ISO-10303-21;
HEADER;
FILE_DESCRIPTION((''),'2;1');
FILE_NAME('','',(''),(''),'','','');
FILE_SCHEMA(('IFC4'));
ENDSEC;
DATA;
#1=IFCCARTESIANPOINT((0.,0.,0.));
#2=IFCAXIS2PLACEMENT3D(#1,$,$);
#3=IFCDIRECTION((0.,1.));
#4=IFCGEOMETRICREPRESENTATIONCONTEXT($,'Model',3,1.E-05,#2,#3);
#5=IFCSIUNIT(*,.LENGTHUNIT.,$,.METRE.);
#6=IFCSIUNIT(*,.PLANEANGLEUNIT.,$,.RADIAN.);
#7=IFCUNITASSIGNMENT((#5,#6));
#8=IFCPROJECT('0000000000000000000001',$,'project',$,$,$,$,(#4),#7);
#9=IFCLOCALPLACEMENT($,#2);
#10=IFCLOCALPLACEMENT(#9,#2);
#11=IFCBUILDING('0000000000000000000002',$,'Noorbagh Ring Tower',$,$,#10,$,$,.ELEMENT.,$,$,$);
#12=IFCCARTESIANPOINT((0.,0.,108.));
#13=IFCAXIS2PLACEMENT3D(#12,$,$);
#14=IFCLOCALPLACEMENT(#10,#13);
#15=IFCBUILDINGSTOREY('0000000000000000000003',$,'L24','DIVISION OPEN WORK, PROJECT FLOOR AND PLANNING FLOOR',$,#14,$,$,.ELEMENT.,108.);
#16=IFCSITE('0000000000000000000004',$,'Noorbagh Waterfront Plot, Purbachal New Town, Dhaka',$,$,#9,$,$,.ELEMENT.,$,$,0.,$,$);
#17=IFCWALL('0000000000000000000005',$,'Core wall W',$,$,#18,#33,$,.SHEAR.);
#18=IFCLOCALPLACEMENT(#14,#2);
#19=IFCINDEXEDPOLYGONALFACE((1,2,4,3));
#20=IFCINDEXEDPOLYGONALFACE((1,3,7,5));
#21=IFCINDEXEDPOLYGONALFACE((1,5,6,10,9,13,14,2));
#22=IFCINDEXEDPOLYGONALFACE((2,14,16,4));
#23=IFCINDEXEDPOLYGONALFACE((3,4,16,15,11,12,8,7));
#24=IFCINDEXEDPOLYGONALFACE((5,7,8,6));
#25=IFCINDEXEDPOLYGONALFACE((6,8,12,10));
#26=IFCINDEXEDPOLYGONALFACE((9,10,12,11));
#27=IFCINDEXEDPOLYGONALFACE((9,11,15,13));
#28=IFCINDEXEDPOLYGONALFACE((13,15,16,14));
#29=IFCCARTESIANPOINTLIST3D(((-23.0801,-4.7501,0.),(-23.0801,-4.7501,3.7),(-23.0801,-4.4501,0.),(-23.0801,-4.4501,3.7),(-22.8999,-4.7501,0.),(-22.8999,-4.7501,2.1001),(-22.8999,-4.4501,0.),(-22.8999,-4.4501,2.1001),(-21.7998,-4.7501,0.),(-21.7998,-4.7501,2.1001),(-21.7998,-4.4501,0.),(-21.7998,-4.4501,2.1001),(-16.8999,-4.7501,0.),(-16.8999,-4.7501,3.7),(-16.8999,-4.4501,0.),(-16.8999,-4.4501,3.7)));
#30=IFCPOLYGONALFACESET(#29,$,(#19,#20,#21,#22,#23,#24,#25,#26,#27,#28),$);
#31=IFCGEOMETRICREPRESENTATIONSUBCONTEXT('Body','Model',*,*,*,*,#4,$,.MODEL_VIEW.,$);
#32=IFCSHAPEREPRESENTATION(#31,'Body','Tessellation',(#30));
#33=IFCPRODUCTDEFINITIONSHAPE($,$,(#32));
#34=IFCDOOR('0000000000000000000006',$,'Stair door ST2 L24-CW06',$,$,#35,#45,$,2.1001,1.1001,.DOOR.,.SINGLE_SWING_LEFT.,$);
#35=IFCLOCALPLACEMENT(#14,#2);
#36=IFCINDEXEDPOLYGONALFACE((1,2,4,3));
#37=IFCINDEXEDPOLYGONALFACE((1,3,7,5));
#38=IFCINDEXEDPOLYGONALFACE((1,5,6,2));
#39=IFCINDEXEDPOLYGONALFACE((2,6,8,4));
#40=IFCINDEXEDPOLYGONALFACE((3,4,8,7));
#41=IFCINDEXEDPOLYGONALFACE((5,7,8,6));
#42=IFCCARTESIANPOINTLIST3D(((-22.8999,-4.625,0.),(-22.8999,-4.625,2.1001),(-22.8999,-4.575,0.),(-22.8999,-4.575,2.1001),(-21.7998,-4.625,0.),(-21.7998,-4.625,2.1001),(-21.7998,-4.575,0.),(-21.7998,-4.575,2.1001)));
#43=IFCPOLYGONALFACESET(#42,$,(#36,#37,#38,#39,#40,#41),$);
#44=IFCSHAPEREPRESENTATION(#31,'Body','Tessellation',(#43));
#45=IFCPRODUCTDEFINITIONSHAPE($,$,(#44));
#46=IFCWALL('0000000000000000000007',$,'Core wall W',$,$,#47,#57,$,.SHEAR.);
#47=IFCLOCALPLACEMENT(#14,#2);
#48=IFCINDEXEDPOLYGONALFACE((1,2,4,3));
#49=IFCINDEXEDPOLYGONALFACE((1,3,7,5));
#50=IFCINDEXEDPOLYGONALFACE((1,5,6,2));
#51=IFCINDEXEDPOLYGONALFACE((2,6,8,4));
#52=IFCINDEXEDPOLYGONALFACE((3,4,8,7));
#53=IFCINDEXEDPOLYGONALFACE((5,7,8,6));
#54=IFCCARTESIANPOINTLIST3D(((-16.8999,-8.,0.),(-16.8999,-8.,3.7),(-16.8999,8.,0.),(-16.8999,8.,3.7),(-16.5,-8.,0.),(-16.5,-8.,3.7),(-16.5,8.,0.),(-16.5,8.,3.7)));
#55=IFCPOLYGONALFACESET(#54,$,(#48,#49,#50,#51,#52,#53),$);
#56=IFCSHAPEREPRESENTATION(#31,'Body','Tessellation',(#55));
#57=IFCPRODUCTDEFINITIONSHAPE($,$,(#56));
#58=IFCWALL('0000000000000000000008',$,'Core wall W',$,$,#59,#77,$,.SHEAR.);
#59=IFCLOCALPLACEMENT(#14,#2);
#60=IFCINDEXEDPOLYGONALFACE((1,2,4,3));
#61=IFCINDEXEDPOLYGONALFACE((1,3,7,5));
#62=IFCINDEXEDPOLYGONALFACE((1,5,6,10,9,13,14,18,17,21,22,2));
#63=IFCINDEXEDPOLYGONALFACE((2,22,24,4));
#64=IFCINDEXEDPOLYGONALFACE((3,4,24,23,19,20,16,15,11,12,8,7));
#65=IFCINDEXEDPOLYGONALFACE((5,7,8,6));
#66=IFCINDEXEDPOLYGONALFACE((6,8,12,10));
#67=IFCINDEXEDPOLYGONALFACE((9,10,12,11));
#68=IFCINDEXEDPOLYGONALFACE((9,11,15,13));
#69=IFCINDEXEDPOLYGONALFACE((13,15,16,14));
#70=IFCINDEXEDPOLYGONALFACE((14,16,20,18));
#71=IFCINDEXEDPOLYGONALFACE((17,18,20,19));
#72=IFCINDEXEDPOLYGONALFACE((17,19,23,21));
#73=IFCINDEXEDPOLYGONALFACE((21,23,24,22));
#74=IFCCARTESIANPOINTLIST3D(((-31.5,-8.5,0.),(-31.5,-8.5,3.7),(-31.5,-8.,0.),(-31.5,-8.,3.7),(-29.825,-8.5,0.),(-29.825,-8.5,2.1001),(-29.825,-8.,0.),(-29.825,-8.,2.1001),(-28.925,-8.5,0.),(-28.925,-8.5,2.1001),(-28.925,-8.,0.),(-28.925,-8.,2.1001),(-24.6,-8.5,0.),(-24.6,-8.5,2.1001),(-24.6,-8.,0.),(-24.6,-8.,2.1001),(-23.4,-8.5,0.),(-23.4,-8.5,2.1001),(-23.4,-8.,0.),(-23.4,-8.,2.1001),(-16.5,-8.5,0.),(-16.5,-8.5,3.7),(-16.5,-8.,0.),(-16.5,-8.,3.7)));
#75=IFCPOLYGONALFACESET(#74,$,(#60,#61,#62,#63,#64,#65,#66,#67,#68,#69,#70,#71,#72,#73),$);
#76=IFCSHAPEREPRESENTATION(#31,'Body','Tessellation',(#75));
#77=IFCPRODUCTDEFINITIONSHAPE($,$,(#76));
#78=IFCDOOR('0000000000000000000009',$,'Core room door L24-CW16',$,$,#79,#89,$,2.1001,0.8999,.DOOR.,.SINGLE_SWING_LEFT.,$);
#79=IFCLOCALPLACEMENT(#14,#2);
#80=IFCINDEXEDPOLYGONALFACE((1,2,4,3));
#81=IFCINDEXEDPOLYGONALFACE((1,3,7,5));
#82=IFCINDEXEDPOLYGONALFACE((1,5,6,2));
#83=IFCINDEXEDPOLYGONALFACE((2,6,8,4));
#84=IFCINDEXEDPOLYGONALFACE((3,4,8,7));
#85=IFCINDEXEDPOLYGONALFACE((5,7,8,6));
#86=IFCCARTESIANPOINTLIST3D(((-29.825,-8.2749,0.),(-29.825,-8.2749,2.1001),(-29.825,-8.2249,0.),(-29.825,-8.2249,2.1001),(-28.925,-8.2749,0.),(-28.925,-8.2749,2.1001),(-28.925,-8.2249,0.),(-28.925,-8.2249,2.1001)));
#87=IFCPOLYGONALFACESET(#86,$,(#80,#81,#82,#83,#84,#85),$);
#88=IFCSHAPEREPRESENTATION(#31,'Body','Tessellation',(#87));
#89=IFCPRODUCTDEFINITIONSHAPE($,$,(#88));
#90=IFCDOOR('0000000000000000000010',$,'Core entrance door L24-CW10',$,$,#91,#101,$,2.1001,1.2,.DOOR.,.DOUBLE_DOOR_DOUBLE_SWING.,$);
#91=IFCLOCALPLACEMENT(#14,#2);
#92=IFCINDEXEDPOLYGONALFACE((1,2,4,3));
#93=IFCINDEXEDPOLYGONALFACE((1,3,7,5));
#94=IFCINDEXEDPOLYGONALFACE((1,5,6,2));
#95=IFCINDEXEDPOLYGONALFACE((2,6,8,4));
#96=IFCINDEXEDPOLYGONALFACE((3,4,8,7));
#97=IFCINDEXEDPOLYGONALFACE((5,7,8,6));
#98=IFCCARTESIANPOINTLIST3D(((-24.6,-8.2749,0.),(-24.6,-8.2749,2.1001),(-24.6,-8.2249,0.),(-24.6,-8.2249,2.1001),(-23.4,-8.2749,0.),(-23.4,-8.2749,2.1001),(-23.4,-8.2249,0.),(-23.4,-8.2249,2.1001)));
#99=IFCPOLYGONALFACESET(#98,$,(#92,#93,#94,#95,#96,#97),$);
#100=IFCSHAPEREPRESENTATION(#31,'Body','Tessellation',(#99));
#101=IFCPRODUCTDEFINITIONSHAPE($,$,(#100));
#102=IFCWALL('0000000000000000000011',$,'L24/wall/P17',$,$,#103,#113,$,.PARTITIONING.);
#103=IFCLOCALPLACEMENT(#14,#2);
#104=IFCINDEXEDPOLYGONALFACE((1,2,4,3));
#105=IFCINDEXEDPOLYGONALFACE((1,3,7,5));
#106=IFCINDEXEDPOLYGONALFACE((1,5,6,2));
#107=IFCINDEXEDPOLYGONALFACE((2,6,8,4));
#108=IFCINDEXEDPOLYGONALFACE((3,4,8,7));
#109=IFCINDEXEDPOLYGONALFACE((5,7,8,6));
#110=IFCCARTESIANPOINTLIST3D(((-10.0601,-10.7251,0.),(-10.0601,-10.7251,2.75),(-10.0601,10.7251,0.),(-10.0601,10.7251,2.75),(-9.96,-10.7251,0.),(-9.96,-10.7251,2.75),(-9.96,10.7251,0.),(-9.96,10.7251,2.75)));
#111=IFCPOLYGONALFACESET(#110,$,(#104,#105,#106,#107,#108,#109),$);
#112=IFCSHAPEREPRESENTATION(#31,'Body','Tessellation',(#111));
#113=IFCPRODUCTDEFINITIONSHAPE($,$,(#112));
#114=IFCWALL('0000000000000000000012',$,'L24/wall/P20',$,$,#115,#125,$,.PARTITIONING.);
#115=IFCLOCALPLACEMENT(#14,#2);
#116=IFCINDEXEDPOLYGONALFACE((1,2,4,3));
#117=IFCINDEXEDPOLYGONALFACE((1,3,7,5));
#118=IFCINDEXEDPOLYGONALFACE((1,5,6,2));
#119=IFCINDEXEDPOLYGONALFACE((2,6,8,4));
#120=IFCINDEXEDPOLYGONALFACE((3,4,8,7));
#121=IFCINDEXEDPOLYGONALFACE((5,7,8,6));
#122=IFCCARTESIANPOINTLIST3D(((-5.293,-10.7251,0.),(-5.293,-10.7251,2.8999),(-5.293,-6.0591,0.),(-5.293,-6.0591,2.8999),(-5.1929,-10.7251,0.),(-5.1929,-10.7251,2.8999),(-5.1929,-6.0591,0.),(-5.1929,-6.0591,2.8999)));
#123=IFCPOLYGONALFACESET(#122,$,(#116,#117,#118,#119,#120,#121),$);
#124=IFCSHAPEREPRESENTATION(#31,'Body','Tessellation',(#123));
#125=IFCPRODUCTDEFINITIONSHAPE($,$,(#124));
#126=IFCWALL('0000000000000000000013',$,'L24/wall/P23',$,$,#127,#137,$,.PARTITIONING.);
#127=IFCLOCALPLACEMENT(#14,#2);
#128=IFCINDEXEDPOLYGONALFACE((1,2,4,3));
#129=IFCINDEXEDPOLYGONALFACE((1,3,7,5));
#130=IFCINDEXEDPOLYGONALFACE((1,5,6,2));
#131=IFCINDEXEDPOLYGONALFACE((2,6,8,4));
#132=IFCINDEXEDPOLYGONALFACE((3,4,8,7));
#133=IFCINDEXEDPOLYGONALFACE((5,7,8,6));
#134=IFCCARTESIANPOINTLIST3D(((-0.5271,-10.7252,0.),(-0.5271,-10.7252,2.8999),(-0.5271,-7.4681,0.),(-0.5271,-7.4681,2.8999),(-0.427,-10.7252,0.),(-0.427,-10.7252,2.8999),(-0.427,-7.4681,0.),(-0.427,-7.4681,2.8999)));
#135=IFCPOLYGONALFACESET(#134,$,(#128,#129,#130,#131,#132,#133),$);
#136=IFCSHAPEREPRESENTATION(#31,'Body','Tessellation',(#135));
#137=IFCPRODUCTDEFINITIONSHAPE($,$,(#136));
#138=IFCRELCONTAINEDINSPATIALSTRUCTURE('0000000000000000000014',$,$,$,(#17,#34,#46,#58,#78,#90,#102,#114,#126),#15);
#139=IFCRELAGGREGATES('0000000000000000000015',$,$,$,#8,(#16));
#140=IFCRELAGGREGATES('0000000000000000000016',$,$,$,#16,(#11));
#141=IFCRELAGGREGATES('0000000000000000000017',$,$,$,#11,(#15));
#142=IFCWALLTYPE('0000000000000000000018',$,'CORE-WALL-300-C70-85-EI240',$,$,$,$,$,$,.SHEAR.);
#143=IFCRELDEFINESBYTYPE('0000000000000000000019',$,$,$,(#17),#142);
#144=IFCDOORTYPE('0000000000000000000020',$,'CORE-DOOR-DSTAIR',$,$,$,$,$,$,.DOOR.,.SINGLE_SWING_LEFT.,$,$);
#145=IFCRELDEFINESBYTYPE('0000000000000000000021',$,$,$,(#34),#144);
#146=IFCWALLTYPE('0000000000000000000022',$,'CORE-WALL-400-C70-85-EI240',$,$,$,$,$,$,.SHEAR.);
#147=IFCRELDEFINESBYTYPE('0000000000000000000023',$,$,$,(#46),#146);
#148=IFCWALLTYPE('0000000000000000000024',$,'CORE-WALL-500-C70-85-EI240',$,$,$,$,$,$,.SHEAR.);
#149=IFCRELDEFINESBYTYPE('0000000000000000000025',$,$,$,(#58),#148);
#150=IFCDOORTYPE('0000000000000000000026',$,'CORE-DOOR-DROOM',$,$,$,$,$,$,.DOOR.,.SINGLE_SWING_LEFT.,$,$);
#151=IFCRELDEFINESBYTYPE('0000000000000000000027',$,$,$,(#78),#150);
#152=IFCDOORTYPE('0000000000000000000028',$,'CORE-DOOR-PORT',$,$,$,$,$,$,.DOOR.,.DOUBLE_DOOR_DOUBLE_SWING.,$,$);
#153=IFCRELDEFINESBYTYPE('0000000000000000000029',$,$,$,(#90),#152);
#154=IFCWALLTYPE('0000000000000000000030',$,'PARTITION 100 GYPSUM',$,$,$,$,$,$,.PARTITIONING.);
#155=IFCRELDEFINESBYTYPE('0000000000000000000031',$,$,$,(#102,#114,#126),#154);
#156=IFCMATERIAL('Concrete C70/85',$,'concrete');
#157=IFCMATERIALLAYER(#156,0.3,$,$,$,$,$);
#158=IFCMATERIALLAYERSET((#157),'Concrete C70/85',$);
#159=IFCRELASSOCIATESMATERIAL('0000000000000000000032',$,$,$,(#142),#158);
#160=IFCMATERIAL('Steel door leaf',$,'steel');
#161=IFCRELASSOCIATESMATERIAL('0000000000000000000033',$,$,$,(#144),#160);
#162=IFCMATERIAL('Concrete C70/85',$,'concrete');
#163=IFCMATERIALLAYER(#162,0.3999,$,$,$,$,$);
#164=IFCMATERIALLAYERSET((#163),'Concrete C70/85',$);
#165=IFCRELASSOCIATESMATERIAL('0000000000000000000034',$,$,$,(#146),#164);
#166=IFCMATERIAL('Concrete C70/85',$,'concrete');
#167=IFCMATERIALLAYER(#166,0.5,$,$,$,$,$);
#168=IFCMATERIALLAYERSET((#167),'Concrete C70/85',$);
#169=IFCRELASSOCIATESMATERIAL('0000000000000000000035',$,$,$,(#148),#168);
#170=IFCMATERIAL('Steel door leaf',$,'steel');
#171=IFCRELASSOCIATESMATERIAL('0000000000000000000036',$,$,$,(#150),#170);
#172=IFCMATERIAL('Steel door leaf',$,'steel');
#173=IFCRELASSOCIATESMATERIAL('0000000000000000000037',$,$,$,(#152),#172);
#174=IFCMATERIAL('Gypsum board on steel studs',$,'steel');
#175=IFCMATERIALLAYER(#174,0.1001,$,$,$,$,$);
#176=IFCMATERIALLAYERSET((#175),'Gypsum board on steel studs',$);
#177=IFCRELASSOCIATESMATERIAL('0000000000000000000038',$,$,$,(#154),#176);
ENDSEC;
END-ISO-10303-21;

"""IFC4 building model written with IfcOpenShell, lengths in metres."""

from ifc_helpers import new_model, si_unit, direction, frame, frame_2d, origin, place, context, subcontext, project, spatial, rectangle, extrude, material, layer, layer_set, type_object, element, fill, save


model = new_model("IFC4")

# Units and contexts
model_context = context("Model", 3, precision=1e-05, world=origin(), true_north=direction((0.0, 1.0)))
body_context = subcontext(model_context, "Body", "Model", "MODEL_VIEW")
ifc_project = project(units=[si_unit("LENGTHUNIT", "METRE"), si_unit("PLANEANGLEUNIT", "RADIAN")], contexts=[model_context])

# Site, building, storey
site_placement = place(None, origin())
site = spatial("IfcSite", under=ifc_project, at=site_placement, Name="Noorbagh Waterfront Plot, Purbachal New Town, Dhaka", CompositionType="ELEMENT", RefElevation=0.0)
building_placement = place(site_placement, origin())
building = spatial("IfcBuilding", under=site, at=building_placement, Name="Noorbagh Ring Tower", CompositionType="ELEMENT")
storey_placement = place(building_placement, frame((0.0, 0.0, 108.0)))
storey = spatial("IfcBuildingStorey", under=building, at=storey_placement, Name="L24", Description="DIVISION OPEN WORK, PROJECT FLOOR AND PLANNING FLOOR", CompositionType="ELEMENT", Elevation=108.0)

# Wall, opening, door
ifc_material_1 = material(Name="Concrete C70/85", Category="concrete")
ifc_layer_1 = layer(ifc_material_1, 0.3)
ifc_layer_set_1 = layer_set([ifc_layer_1], Name="Concrete C70/85")
wall_type_1 = type_object("IfcWallType", Name="CORE-WALL-300-C70-85-EI240", PredefinedType="SHEAR", material=ifc_layer_set_1)
wall_1_placement = place(storey_placement, frame((-16.8999, -4.6001, 0.0), z_axis=(0.0, 0.0, 1.0), x_axis=(-1.0, 0.0, 0.0)))
wall_1 = element("IfcWall", 1, at=wall_1_placement, inside=storey, type_object=wall_type_1, Name="Core wall W", PredefinedType="SHEAR", context=body_context, shape_type="SweptSolid", body=[
    extrude(rectangle(XDim=6.1802, YDim=0.3, at=frame_2d((3.0901, 0.0))), origin(), (0.0, 0.0, 1.0), 3.7),
])
opening_1_placement = place(wall_1_placement, frame((4.8999, 0.0, 0.0)))
opening_1 = element("IfcOpeningElement", 2, at=opening_1_placement, cuts=wall_1, PredefinedType="OPENING", context=body_context, shape_type="SweptSolid", body=[
    extrude(rectangle(XDim=1.1001, YDim=2.1001, at=frame_2d((0.55, 1.05))), frame((0.0, 0.1602, 0.0), z_axis=(0.0, -1.0, 0.0), x_axis=(1.0, 0.0, 0.0)), (0.0, 0.0, 1.0), 0.3201),
])
ifc_material_2 = material(Name="Steel door leaf", Category="steel")
door_type_1 = type_object("IfcDoorType", Name="CORE-DOOR-DSTAIR", OperationType="SINGLE_SWING_LEFT", PredefinedType="DOOR", material=ifc_material_2)
door_1_placement = place(opening_1_placement, origin())
door_1 = element("IfcDoor", 3, at=door_1_placement, inside=storey, type_object=door_type_1, Name="Stair door ST2 L24-CW06", OperationType="SINGLE_SWING_LEFT", OverallHeight=2.1001, OverallWidth=1.1001, PredefinedType="DOOR", context=body_context, shape_type="SweptSolid", body=[
    extrude(rectangle(XDim=1.1001, YDim=2.1001, at=frame_2d((0.55, 1.05))), frame((0.0, 0.0249, 0.0), z_axis=(0.0, -1.0, 0.0), x_axis=(1.0, 0.0, 0.0)), (0.0, 0.0, 1.0), 0.05),
])
fill(opening_1, door_1)

# Wall
ifc_material_3 = material(Name="Concrete C70/85", Category="concrete")
ifc_layer_2 = layer(ifc_material_3, 0.3999)
ifc_layer_set_2 = layer_set([ifc_layer_2], Name="Concrete C70/85")
wall_type_2 = type_object("IfcWallType", Name="CORE-WALL-400-C70-85-EI240", PredefinedType="SHEAR", material=ifc_layer_set_2)
wall_2_placement = place(storey_placement, frame((-16.7, -8.0, 0.0), z_axis=(0.0, 0.0, 1.0), x_axis=(0.0, 1.0, 0.0)))
element("IfcWall", 4, at=wall_2_placement, inside=storey, type_object=wall_type_2, Name="Core wall W", PredefinedType="SHEAR", context=body_context, shape_type="SweptSolid", body=[
    extrude(rectangle(XDim=16.0, YDim=0.3999, at=frame_2d((8.0, 0.0))), origin(), (0.0, 0.0, 1.0), 3.7),
])

# Wall, openings, doors
ifc_material_4 = material(Name="Concrete C70/85", Category="concrete")
ifc_layer_3 = layer(ifc_material_4, 0.5)
ifc_layer_set_3 = layer_set([ifc_layer_3], Name="Concrete C70/85")
wall_type_3 = type_object("IfcWallType", Name="CORE-WALL-500-C70-85-EI240", PredefinedType="SHEAR", material=ifc_layer_set_3)
wall_3_placement = place(storey_placement, frame((-16.5, -8.25, 0.0), z_axis=(0.0, 0.0, 1.0), x_axis=(-1.0, 0.0, 0.0)))
wall_3 = element("IfcWall", 5, at=wall_3_placement, inside=storey, type_object=wall_type_3, Name="Core wall W", PredefinedType="SHEAR", context=body_context, shape_type="SweptSolid", body=[
    extrude(rectangle(XDim=15.0, YDim=0.5, at=frame_2d((7.5, 0.0))), origin(), (0.0, 0.0, 1.0), 3.7),
])
opening_2_placement = place(wall_3_placement, frame((6.8999, 0.0, 0.0)))
opening_2 = element("IfcOpeningElement", 6, at=opening_2_placement, cuts=wall_3, PredefinedType="OPENING", context=body_context, shape_type="SweptSolid", body=[
    extrude(rectangle(XDim=1.2, YDim=2.1001, at=frame_2d((0.6001, 1.05))), frame((0.0, 0.26, 0.0), z_axis=(0.0, -1.0, 0.0), x_axis=(1.0, 0.0, 0.0)), (0.0, 0.0, 1.0), 0.52),
])
opening_3_placement = place(wall_3_placement, frame((12.425, 0.0, 0.0)))
opening_3 = element("IfcOpeningElement", 7, at=opening_3_placement, cuts=wall_3, PredefinedType="OPENING", context=body_context, shape_type="SweptSolid", body=[
    extrude(rectangle(XDim=0.8999, YDim=2.1001, at=frame_2d((0.45, 1.05))), frame((0.0, 0.26, 0.0), z_axis=(0.0, -1.0, 0.0), x_axis=(1.0, 0.0, 0.0)), (0.0, 0.0, 1.0), 0.52),
])
ifc_material_5 = material(Name="Steel door leaf", Category="steel")
door_type_2 = type_object("IfcDoorType", Name="CORE-DOOR-DROOM", OperationType="SINGLE_SWING_LEFT", PredefinedType="DOOR", material=ifc_material_5)
door_2_placement = place(opening_3_placement, origin())
door_2 = element("IfcDoor", 8, at=door_2_placement, inside=storey, type_object=door_type_2, Name="Core room door L24-CW16", OperationType="SINGLE_SWING_LEFT", OverallHeight=2.1001, OverallWidth=0.8999, PredefinedType="DOOR", context=body_context, shape_type="SweptSolid", body=[
    extrude(rectangle(XDim=0.8999, YDim=2.1001, at=frame_2d((0.45, 1.05))), frame((0.0, 0.0249, 0.0), z_axis=(0.0, -1.0, 0.0), x_axis=(1.0, 0.0, 0.0)), (0.0, 0.0, 1.0), 0.05),
])
fill(opening_3, door_2)
ifc_material_6 = material(Name="Steel door leaf", Category="steel")
door_type_3 = type_object("IfcDoorType", Name="CORE-DOOR-PORT", OperationType="DOUBLE_DOOR_DOUBLE_SWING", PredefinedType="DOOR", material=ifc_material_6)
door_3_placement = place(opening_2_placement, origin())
door_3 = element("IfcDoor", 9, at=door_3_placement, inside=storey, type_object=door_type_3, Name="Core entrance door L24-CW10", OperationType="DOUBLE_DOOR_DOUBLE_SWING", OverallHeight=2.1001, OverallWidth=1.2, PredefinedType="DOOR", context=body_context, shape_type="SweptSolid", body=[
    extrude(rectangle(XDim=1.2, YDim=2.1001, at=frame_2d((0.6001, 1.05))), frame((0.0, 0.0249, 0.0), z_axis=(0.0, -1.0, 0.0), x_axis=(1.0, 0.0, 0.0)), (0.0, 0.0, 1.0), 0.05),
])
fill(opening_2, door_3)

# Walls
ifc_material_7 = material(Name="Gypsum board on steel studs", Category="steel")
ifc_layer_4 = layer(ifc_material_7, 0.1001)
ifc_layer_set_4 = layer_set([ifc_layer_4], Name="Gypsum board on steel studs")
wall_type_4 = type_object("IfcWallType", Name="PARTITION 100 GYPSUM", PredefinedType="PARTITIONING", material=ifc_layer_set_4)
wall_4_placement = place(storey_placement, frame((-10.01, -10.7251, 0.0), z_axis=(0.0, 0.0, 1.0), x_axis=(0.0, 1.0, 0.0)))
element("IfcWall", 10, at=wall_4_placement, inside=storey, type_object=wall_type_4, Name="L24/wall/P17", PredefinedType="PARTITIONING", context=body_context, shape_type="SweptSolid", body=[
    extrude(rectangle(XDim=21.4502, YDim=0.1001, at=frame_2d((10.7251, 0.0))), origin(), (0.0, 0.0, 1.0), 2.75),
])
wall_5_placement = place(storey_placement, frame((-5.2429, -10.7251, 0.0), z_axis=(0.0, 0.0, 1.0), x_axis=(0.0, 1.0, 0.0)))
element("IfcWall", 11, at=wall_5_placement, inside=storey, type_object=wall_type_4, Name="L24/wall/P20", PredefinedType="PARTITIONING", context=body_context, shape_type="SweptSolid", body=[
    extrude(rectangle(XDim=4.666, YDim=0.1001, at=frame_2d((2.333, 0.0))), origin(), (0.0, 0.0, 1.0), 2.8999),
])
wall_6_placement = place(storey_placement, frame((-0.4771, -10.7251, 0.0), z_axis=(0.0, 0.0, 1.0), x_axis=(0.0, 1.0, 0.0)))
element("IfcWall", 12, at=wall_6_placement, inside=storey, type_object=wall_type_4, Name="L24/wall/P23", PredefinedType="PARTITIONING", context=body_context, shape_type="SweptSolid", body=[
    extrude(rectangle(XDim=3.2571, YDim=0.1001, at=frame_2d((1.6284, 0.0))), origin(), (0.0, 0.0, 1.0), 2.8999),
])

save(model, "model.ifc")
